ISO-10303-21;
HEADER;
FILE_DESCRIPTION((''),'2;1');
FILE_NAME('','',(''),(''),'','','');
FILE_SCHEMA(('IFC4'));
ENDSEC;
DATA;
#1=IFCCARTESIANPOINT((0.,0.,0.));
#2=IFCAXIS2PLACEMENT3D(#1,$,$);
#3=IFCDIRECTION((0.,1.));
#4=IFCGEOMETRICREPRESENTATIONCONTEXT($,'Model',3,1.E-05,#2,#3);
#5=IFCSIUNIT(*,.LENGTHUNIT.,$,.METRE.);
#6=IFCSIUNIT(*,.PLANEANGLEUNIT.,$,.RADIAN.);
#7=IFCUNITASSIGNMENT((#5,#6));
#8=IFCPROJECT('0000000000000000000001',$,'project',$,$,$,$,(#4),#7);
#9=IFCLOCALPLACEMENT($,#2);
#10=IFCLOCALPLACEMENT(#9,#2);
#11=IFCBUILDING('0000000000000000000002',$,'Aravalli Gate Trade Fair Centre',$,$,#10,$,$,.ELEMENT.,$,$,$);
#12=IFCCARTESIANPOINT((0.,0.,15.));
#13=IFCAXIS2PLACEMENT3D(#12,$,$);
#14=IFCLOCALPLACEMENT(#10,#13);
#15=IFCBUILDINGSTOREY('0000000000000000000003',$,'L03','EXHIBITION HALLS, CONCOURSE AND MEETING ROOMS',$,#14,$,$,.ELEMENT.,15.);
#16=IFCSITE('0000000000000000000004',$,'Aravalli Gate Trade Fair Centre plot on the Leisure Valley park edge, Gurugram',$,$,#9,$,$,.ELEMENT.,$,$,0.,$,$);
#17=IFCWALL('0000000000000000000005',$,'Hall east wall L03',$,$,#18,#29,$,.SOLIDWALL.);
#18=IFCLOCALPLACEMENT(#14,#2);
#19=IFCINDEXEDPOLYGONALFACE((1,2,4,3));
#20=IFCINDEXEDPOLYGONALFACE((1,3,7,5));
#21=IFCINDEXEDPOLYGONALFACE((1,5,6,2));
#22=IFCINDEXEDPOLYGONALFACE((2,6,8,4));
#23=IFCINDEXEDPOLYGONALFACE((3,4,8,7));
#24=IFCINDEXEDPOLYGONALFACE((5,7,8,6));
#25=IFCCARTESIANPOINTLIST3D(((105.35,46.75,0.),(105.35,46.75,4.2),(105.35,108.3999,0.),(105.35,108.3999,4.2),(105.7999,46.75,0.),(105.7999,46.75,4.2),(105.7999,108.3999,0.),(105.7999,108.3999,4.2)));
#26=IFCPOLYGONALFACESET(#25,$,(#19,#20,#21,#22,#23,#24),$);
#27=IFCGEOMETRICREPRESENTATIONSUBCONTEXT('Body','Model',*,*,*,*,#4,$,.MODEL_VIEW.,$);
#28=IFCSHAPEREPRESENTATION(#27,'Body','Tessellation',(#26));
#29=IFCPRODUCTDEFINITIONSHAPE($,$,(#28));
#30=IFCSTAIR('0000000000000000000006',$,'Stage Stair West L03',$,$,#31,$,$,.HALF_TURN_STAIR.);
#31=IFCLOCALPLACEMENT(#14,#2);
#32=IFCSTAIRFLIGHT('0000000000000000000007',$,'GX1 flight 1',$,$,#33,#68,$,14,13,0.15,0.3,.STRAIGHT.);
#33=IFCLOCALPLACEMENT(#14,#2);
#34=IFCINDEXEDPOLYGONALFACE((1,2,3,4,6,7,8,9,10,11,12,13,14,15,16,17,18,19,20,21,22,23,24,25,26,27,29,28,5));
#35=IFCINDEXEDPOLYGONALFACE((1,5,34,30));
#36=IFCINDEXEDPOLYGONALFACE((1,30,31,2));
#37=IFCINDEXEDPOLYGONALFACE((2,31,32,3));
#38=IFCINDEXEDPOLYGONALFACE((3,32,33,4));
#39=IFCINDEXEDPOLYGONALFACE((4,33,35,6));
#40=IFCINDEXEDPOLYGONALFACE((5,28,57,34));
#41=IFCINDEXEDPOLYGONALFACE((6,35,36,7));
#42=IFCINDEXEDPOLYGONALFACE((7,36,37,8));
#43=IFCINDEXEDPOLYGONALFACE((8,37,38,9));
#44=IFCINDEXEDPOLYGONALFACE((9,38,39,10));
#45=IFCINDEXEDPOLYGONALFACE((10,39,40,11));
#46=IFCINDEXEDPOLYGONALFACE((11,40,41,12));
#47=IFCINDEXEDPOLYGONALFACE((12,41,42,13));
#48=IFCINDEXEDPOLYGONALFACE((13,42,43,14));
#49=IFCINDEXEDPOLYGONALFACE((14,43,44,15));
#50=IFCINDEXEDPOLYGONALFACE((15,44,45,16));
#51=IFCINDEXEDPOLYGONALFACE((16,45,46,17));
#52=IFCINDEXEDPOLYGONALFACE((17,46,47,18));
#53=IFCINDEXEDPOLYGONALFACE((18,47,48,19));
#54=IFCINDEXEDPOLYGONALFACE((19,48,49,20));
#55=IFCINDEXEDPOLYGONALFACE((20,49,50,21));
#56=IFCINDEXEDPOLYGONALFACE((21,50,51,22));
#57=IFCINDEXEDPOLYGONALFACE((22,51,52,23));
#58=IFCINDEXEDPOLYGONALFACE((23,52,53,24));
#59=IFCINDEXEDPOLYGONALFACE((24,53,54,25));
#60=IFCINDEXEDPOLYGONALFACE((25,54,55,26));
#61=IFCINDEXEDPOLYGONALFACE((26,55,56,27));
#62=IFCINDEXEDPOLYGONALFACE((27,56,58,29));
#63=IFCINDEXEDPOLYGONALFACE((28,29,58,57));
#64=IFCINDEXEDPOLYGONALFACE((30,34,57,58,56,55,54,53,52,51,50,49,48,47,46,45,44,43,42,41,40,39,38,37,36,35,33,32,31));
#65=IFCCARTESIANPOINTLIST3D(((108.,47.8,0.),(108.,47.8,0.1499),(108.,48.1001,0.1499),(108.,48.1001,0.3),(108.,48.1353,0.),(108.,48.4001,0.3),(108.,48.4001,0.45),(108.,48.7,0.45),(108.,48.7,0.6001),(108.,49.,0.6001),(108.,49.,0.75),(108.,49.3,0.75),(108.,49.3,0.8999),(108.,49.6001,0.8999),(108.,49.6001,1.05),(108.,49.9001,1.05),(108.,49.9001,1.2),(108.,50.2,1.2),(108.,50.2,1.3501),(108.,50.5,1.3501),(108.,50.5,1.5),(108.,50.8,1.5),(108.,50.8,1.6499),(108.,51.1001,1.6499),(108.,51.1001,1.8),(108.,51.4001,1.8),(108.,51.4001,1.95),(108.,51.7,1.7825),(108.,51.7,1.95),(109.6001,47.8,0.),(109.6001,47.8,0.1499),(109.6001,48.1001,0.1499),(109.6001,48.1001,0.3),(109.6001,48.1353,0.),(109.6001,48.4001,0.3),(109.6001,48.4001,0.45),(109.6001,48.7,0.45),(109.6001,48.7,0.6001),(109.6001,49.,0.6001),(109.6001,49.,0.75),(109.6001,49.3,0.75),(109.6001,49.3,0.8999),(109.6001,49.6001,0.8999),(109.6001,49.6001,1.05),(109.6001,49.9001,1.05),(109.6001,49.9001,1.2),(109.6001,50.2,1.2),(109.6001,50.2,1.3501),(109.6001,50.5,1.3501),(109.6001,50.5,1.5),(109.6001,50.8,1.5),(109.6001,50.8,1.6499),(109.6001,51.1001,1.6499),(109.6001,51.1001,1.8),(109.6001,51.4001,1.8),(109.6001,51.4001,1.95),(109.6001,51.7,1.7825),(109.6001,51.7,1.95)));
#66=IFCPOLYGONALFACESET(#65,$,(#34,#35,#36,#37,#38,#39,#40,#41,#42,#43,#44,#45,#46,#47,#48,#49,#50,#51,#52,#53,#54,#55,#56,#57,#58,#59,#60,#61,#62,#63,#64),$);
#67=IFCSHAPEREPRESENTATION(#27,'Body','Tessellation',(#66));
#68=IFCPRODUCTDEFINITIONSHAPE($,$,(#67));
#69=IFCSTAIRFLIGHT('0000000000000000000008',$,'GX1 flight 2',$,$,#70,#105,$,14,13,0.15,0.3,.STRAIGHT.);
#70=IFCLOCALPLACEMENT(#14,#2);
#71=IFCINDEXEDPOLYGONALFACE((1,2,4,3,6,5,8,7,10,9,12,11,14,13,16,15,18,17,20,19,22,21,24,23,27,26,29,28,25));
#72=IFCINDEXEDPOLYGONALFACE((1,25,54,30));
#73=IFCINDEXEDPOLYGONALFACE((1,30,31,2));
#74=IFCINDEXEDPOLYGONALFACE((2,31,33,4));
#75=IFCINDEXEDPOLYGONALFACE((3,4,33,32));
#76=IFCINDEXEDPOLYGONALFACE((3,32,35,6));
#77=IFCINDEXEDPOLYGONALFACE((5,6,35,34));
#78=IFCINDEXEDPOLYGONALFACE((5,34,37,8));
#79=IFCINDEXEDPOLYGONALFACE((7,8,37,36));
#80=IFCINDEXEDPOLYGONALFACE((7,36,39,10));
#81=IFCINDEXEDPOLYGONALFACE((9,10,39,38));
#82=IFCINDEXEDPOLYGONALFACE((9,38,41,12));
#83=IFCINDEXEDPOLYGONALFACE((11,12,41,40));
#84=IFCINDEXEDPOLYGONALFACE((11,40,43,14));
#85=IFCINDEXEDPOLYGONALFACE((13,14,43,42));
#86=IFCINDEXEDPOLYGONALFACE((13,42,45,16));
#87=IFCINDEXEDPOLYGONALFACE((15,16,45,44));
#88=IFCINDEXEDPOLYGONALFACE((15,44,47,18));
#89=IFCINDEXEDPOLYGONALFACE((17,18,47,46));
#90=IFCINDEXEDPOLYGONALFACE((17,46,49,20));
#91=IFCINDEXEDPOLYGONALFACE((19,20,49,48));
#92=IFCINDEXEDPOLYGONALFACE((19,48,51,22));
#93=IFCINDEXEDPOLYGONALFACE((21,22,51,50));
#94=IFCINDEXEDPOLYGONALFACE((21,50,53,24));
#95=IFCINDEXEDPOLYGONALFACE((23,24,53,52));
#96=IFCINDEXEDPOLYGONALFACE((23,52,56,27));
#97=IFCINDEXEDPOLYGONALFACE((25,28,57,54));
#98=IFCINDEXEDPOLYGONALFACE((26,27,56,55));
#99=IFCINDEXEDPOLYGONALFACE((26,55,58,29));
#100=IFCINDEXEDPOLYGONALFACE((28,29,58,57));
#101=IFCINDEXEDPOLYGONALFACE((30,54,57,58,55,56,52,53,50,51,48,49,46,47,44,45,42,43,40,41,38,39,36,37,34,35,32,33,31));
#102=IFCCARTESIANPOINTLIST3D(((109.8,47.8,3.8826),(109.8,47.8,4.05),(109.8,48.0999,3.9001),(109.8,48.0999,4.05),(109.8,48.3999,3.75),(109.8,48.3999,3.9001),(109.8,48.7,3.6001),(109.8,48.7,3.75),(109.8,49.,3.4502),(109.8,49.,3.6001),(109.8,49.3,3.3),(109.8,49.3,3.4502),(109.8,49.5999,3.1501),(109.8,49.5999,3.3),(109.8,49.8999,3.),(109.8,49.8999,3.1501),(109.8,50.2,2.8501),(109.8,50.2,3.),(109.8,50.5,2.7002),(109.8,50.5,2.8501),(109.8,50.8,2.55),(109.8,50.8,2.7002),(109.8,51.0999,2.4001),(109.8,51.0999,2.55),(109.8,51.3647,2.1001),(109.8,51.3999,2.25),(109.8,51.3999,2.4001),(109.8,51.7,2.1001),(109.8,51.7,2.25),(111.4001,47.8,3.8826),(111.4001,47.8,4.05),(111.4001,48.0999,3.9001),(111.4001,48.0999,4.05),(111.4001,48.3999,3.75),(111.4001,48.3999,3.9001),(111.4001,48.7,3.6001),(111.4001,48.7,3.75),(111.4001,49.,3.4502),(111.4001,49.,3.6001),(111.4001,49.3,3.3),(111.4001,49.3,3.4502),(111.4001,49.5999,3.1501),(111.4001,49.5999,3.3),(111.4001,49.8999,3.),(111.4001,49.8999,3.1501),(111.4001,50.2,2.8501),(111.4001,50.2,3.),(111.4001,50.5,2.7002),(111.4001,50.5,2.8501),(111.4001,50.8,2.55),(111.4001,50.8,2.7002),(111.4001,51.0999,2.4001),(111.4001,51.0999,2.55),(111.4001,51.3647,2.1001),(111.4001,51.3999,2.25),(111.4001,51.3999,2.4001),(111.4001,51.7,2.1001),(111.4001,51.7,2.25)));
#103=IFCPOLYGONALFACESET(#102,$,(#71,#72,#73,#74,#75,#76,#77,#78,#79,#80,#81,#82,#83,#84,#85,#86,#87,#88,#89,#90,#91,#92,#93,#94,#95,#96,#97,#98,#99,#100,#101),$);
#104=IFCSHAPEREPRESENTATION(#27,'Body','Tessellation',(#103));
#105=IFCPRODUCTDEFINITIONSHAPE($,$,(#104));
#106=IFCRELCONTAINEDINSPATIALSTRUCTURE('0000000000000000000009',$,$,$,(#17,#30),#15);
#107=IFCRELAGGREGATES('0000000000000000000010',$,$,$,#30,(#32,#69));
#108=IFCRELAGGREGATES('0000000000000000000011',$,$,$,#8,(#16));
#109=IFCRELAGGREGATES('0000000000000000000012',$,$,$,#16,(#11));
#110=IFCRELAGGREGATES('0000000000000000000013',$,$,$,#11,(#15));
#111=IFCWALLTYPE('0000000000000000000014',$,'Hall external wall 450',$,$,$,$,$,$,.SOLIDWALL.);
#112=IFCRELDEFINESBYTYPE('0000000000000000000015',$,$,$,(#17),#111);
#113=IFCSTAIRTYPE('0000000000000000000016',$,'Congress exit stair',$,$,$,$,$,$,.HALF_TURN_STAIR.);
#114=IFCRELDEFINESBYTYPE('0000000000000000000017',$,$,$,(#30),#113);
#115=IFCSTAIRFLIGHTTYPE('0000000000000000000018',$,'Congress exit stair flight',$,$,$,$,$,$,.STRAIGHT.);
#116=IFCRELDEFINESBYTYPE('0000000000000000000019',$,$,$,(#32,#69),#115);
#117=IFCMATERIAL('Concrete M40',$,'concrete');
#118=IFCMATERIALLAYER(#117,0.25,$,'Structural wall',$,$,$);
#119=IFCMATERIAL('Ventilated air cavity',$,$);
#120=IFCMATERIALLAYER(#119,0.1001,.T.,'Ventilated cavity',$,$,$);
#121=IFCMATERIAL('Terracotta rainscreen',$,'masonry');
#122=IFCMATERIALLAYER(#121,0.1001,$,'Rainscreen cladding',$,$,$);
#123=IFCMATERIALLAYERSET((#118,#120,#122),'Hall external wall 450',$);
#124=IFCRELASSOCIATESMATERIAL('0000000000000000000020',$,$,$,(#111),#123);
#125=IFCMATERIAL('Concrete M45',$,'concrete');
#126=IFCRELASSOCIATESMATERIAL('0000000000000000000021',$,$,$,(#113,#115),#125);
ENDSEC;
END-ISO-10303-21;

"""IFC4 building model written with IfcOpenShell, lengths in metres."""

from ifc_helpers import new_model, si_unit, direction, frame, frame_2d, origin, place, context, subcontext, project, spatial, polyline, rectangle, outline, extrude, material, layer, layer_set, type_object, element, aggregate, save


model = new_model("IFC4")

# Units and contexts
model_context = context("Model", 3, precision=1e-05, world=origin(), true_north=direction((0.0, 1.0)))
body_context = subcontext(model_context, "Body", "Model", "MODEL_VIEW")
ifc_project = project(units=[si_unit("LENGTHUNIT", "METRE"), si_unit("PLANEANGLEUNIT", "RADIAN")], contexts=[model_context])

# Site, building, storey
site_placement = place(None, origin())
site = spatial("IfcSite", under=ifc_project, at=site_placement, Name="Aravalli Gate Trade Fair Centre plot on the Leisure Valley park edge, Gurugram", CompositionType="ELEMENT", RefElevation=0.0)
building_placement = place(site_placement, origin())
building = spatial("IfcBuilding", under=site, at=building_placement, Name="Aravalli Gate Trade Fair Centre", CompositionType="ELEMENT")
storey_placement = place(building_placement, frame((0.0, 0.0, 15.0)))
storey = spatial("IfcBuildingStorey", under=building, at=storey_placement, Name="L03", Description="EXHIBITION HALLS, CONCOURSE AND MEETING ROOMS", CompositionType="ELEMENT", Elevation=15.0)

# Shared definitions
ifc_material_1 = material(Name="Concrete M45", Category="concrete")

# Shared definitions
ifc_material_2 = material(Name="Concrete M40", Category="concrete")

# Shared definitions
ifc_material_3 = material(Name="Ventilated air cavity")
ifc_material_4 = material(Name="Terracotta rainscreen", Category="masonry")

# Shared definitions
ifc_layer_1 = layer(ifc_material_2, 0.25, Name="Structural wall")
ifc_layer_2 = layer(ifc_material_3, 0.1001, ventilated=True, Name="Ventilated cavity")
ifc_layer_3 = layer(ifc_material_4, 0.1001, Name="Rainscreen cladding")
ifc_layer_set_1 = layer_set([ifc_layer_1, ifc_layer_2, ifc_layer_3], Name="Hall external wall 450")
wall_type_1 = type_object("IfcWallType", Name="Hall external wall 450", PredefinedType="SOLIDWALL", material=ifc_layer_set_1)

# Wall
wall_1_placement = place(storey_placement, frame((105.575, 46.75, 0.0), z_axis=(0.0, 0.0, 1.0), x_axis=(0.0, 1.0, 0.0)))
element("IfcWall", 1, at=wall_1_placement, inside=storey, type_object=wall_type_1, Name="Hall east wall L03", PredefinedType="SOLIDWALL", context=body_context, shape_type="SweptSolid", body=[
    extrude(rectangle(XDim=61.6499, YDim=0.45, at=frame_2d((30.825, 0.0))), origin(), (0.0, 0.0, 1.0), 4.2),
])

# Stair, stair flights
stair_type = type_object("IfcStairType", Name="Congress exit stair", PredefinedType="HALF_TURN_STAIR", material=ifc_material_1)
stair_placement = place(storey_placement, origin())
stair = element("IfcStair", 2, at=stair_placement, inside=storey, type_object=stair_type, Name="Stage Stair West L03", PredefinedType="HALF_TURN_STAIR")
stair_flight_type = type_object("IfcStairFlightType", Name="Congress exit stair flight", PredefinedType="STRAIGHT", material=ifc_material_1)
stair_flight_1_placement = place(storey_placement, frame((108.8, 47.8, 0.0), z_axis=(0.0, 0.0, 1.0), x_axis=(0.0, 1.0, 0.0)))
stair_flight_1 = element("IfcStairFlight", 3, at=stair_flight_1_placement, type_object=stair_flight_type, Name="GX1 flight 1", NumberOfRisers=14, NumberOfTreads=13, PredefinedType="STRAIGHT", RiserHeight=0.15, TreadLength=0.3, context=body_context, shape_type="SweptSolid", body=[
    extrude(outline(polyline([(0.0, 0.0), (0.0, 0.1499), (0.3, 0.1499), (0.3, 0.3), (0.6001, 0.3), (0.6001, 0.45), (0.8999, 0.45), (0.8999, 0.6001), (1.2, 0.6001), (1.2, 0.75), (1.5, 0.75), (1.5, 0.8999), (1.8, 0.8999), (1.8, 1.05), (2.1001, 1.05), (2.1001, 1.2), (2.3999, 1.2), (2.3999, 1.3501), (2.7, 1.3501), (2.7, 1.5), (3.0, 1.5), (3.0, 1.6499), (3.3, 1.6499), (3.3, 1.8), (3.6001, 1.8), (3.6001, 1.95), (3.8999, 1.95), (3.8999, 2.1001), (3.8999, 1.7825), (0.3352, 0.0), (0.0, 0.0)])), frame((0.0, 0.8, 0.0), z_axis=(0.0, -1.0, 0.0), x_axis=(1.0, 0.0, 0.0)), (0.0, 0.0, 1.0), 1.6001),
])
stair_flight_2_placement = place(storey_placement, frame((110.6001, 51.7, 2.1001), z_axis=(0.0, 0.0, 1.0), x_axis=(0.0, -1.0, 0.0)))
stair_flight_2 = element("IfcStairFlight", 4, at=stair_flight_2_placement, type_object=stair_flight_type, Name="GX1 flight 2", NumberOfRisers=14, NumberOfTreads=13, PredefinedType="STRAIGHT", RiserHeight=0.15, TreadLength=0.3, context=body_context, shape_type="SweptSolid", body=[
    extrude(outline(polyline([(0.0, 0.0), (0.0, 0.1499), (0.3, 0.1499), (0.3, 0.3), (0.6001, 0.3), (0.6001, 0.45), (0.8999, 0.45), (0.8999, 0.6001), (1.2, 0.6001), (1.2, 0.75), (1.5, 0.75), (1.5, 0.8999), (1.8, 0.8999), (1.8, 1.05), (2.1001, 1.05), (2.1001, 1.2), (2.3999, 1.2), (2.3999, 1.3501), (2.7, 1.3501), (2.7, 1.5), (3.0, 1.5), (3.0, 1.6499), (3.3, 1.6499), (3.3, 1.8), (3.6001, 1.8), (3.6001, 1.95), (3.8999, 1.95), (3.8999, 2.1001), (3.8999, 1.7825), (0.3352, 0.0), (0.0, 0.0)])), frame((0.0, 0.8, 0.0), z_axis=(0.0, -1.0, 0.0), x_axis=(1.0, 0.0, 0.0)), (0.0, 0.0, 1.0), 1.6001),
])
aggregate(stair, [stair_flight_1, stair_flight_2])

save(model, "model.ifc")
